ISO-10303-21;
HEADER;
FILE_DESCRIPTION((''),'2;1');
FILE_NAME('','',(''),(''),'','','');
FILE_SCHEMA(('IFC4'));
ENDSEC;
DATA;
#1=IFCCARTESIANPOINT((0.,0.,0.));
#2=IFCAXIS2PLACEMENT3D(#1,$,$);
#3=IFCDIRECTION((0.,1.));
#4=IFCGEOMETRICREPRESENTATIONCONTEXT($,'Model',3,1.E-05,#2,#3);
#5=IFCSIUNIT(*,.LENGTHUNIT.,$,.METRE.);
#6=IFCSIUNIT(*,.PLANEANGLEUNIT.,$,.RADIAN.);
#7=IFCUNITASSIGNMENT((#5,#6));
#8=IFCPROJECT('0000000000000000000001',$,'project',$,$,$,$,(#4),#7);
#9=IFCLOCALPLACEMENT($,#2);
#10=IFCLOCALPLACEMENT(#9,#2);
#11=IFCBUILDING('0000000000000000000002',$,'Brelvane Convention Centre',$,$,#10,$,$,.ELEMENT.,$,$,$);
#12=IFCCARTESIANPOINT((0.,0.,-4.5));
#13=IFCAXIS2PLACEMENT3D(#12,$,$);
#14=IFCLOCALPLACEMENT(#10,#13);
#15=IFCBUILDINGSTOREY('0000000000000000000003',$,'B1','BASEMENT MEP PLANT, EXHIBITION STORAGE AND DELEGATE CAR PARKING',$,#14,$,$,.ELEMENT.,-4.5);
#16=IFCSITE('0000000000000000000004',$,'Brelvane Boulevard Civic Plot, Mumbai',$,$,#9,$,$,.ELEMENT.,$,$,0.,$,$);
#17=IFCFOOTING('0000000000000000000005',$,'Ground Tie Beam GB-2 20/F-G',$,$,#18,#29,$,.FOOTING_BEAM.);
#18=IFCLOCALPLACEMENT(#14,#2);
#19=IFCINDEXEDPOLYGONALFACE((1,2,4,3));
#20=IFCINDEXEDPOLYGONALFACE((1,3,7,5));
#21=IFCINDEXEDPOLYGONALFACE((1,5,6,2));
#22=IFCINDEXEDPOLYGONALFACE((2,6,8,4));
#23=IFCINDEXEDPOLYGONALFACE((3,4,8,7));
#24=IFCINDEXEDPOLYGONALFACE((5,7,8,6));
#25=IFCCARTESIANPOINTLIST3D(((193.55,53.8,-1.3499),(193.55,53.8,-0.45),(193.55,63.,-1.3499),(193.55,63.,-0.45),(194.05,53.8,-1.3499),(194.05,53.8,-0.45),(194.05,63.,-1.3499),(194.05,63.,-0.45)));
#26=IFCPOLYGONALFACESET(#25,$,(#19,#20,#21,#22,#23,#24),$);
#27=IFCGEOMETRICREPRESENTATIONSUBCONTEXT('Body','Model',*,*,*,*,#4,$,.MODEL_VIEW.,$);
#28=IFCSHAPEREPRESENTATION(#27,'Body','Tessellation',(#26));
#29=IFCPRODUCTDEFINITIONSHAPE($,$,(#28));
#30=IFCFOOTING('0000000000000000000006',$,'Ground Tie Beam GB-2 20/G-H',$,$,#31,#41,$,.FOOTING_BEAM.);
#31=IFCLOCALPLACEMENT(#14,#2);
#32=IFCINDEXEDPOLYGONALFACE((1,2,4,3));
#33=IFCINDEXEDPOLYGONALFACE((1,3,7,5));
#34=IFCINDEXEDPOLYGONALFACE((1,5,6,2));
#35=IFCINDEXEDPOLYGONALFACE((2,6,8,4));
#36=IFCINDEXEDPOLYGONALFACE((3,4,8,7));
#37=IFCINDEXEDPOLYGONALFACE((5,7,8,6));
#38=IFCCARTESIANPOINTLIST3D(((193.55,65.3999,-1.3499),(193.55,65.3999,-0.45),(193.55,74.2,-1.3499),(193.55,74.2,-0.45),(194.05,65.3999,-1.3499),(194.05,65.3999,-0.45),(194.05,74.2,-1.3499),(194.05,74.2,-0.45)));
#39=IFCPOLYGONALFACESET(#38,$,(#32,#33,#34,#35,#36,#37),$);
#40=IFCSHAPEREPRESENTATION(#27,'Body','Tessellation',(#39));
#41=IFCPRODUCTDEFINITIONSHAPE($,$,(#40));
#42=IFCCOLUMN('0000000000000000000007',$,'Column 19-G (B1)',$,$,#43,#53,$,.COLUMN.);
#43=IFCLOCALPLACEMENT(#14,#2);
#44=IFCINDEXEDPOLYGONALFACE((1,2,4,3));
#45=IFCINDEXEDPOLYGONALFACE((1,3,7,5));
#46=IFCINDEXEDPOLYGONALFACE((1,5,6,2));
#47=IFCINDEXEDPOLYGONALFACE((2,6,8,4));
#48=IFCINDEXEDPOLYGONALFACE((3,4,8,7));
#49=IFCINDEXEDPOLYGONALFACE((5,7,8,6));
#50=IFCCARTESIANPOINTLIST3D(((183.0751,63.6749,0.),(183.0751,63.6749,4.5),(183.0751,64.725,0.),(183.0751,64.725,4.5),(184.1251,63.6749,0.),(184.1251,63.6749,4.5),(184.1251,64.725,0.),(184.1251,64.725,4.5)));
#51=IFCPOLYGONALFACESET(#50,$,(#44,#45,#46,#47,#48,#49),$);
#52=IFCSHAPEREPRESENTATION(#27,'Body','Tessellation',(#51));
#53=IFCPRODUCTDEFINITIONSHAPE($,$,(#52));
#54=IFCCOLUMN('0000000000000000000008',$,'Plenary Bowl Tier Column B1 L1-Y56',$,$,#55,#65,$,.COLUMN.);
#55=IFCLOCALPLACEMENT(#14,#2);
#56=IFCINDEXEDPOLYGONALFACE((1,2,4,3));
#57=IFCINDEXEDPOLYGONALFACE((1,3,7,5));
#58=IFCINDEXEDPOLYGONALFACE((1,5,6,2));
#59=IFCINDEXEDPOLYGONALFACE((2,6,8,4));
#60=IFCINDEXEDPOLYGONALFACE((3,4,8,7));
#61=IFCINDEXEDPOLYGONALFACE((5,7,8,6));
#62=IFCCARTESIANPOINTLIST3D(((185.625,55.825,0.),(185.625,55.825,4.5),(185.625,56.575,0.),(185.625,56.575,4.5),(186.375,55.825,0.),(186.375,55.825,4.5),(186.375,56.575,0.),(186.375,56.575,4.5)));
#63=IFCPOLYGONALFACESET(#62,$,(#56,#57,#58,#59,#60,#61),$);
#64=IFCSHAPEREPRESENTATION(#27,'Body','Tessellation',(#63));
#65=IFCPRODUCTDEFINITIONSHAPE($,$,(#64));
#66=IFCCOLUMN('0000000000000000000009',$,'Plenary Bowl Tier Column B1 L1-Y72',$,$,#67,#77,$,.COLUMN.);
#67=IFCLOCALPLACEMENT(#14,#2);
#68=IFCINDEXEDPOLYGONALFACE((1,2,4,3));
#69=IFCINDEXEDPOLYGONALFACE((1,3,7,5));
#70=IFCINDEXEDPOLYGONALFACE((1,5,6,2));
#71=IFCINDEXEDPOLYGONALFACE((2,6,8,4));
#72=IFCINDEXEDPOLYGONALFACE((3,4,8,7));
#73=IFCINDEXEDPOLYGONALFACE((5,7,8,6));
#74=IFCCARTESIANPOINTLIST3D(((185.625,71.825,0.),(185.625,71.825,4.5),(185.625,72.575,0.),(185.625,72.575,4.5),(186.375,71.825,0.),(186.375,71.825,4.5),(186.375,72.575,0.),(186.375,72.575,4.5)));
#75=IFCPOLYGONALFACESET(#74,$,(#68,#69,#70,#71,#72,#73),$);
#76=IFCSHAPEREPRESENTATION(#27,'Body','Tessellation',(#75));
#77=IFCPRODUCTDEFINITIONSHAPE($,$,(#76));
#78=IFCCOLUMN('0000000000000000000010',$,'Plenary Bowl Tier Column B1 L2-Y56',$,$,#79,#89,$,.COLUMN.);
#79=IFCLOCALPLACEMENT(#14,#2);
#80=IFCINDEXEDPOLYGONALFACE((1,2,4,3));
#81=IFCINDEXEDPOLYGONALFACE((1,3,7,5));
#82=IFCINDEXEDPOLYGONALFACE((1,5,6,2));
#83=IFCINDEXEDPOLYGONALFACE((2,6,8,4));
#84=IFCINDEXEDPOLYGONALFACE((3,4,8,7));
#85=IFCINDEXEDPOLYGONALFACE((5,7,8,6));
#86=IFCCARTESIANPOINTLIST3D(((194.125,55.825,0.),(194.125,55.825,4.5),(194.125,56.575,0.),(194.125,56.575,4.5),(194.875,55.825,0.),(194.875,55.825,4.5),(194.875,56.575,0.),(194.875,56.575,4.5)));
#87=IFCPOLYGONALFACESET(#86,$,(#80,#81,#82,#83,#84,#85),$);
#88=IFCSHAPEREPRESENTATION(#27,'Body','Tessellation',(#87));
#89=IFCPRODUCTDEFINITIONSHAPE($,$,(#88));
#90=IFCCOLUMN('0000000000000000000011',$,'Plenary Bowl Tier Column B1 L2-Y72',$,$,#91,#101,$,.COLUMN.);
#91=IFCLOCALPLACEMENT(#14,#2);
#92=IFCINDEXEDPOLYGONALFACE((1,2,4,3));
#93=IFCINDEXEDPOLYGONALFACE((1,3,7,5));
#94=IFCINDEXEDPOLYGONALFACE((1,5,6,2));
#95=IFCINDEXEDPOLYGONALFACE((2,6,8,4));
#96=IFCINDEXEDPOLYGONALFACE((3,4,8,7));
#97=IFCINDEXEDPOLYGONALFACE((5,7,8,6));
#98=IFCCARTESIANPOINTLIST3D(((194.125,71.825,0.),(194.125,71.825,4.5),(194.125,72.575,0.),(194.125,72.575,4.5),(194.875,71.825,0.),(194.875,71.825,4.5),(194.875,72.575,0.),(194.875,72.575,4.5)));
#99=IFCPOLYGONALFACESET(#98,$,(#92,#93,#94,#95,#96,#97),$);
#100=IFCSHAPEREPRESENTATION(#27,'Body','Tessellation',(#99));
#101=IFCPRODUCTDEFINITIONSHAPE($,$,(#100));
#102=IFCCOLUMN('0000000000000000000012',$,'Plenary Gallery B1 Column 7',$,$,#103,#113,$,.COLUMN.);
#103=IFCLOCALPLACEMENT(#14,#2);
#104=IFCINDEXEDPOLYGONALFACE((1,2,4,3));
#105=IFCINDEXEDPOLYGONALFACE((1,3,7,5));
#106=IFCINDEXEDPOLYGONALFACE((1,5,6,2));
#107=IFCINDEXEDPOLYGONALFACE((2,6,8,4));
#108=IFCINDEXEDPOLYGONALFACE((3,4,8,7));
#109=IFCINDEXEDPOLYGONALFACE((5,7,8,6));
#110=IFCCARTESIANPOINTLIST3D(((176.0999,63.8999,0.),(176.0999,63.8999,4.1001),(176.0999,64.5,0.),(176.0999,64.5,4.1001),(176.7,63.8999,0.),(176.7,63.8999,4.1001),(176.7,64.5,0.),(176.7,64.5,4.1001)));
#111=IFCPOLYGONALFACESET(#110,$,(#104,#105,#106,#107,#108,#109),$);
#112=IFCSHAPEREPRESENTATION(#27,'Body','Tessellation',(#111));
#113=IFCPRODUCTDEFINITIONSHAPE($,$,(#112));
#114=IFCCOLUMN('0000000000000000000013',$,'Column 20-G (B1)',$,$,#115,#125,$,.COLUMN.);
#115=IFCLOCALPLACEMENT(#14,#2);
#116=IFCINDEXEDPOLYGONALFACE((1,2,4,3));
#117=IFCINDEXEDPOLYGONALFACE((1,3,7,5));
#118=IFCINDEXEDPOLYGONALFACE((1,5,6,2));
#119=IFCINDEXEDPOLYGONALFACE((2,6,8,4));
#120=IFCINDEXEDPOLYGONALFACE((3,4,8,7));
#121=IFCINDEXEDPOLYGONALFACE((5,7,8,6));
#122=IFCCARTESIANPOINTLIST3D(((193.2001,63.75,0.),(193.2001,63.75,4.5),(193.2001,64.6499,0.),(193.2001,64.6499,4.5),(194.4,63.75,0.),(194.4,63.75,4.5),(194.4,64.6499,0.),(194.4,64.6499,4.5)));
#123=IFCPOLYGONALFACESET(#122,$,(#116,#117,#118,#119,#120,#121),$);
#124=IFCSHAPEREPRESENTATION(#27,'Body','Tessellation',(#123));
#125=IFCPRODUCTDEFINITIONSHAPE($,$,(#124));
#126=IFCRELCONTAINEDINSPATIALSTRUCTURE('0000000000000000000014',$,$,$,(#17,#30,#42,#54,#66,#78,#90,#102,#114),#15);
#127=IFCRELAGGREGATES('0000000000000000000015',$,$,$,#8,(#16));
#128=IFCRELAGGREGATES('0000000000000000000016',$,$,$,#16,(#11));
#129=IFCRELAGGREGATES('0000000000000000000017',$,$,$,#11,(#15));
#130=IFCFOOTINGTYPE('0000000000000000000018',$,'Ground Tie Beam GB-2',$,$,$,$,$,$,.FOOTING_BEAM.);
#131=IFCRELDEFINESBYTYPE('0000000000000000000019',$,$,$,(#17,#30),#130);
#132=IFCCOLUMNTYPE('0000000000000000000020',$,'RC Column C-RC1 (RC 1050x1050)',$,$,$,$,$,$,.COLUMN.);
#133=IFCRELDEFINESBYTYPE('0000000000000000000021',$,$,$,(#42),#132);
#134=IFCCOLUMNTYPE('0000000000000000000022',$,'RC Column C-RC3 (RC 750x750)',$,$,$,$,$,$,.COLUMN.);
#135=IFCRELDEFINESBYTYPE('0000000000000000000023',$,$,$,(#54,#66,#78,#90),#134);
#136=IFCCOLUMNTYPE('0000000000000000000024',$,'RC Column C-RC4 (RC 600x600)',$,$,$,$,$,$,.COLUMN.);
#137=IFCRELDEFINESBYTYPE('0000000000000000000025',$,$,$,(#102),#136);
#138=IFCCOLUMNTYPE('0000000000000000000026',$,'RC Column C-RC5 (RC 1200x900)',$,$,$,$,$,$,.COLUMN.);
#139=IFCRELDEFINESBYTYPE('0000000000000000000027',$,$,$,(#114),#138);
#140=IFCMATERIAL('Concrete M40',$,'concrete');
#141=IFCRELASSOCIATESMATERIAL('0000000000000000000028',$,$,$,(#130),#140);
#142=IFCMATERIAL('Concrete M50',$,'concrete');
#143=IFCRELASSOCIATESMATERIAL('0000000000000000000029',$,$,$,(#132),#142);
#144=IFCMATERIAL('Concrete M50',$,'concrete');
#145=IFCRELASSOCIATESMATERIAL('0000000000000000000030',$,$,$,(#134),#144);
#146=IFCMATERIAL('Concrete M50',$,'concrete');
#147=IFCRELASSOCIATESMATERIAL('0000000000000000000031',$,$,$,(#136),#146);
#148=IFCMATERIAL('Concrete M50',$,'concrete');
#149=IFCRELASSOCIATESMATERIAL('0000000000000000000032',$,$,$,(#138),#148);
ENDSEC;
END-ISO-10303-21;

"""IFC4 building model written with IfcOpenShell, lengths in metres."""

from ifc_helpers import new_model, si_unit, direction, frame, origin, origin_2d, place, context, subcontext, project, spatial, rectangle, extrude, material, material_profile, profile_set, type_object, element, save


model = new_model("IFC4")

# Units and contexts
model_context = context("Model", 3, precision=1e-05, world=origin(), true_north=direction((0.0, 1.0)))
body_context = subcontext(model_context, "Body", "Model", "MODEL_VIEW")
ifc_project = project(units=[si_unit("LENGTHUNIT", "METRE"), si_unit("PLANEANGLEUNIT", "RADIAN")], contexts=[model_context])

# Site, building, storey
site_placement = place(None, origin())
site = spatial("IfcSite", under=ifc_project, at=site_placement, Name="Brelvane Boulevard Civic Plot, Mumbai", CompositionType="ELEMENT", RefElevation=0.0)
building_placement = place(site_placement, origin())
building = spatial("IfcBuilding", under=site, at=building_placement, Name="Brelvane Convention Centre", CompositionType="ELEMENT")
storey_placement = place(building_placement, frame((0.0, 0.0, -4.5)))
storey = spatial("IfcBuildingStorey", under=building, at=storey_placement, Name="B1", Description="BASEMENT MEP PLANT, EXHIBITION STORAGE AND DELEGATE CAR PARKING", CompositionType="ELEMENT", Elevation=-4.5)

# Footings
ifc_material_1 = material(Name="Concrete M40", Category="concrete")
ifc_material_profile_1 = material_profile(ifc_material_1, rectangle(XDim=0.5, YDim=0.8999, at=origin_2d()), Name="RC 500x900")
ifc_profile_set_1 = profile_set([ifc_material_profile_1], Name="Concrete M40")
footing_type_1 = type_object("IfcFootingType", Name="Ground Tie Beam GB-2", PredefinedType="FOOTING_BEAM", material=ifc_profile_set_1)
footing_1_placement = place(storey_placement, frame((193.8, 53.8, -0.8999), z_axis=(0.0, 1.0, 0.0), x_axis=(-1.0, 0.0, 0.0)))
element("IfcFooting", 1, at=footing_1_placement, inside=storey, type_object=footing_type_1, Name="Ground Tie Beam GB-2 20/F-G", PredefinedType="FOOTING_BEAM", context=body_context, shape_type="SweptSolid", body=[
    extrude(rectangle(XDim=0.5, YDim=0.8999, at=origin_2d()), origin(), (0.0, 0.0, 1.0), 9.2),
])
footing_2_placement = place(storey_placement, frame((193.8, 65.3999, -0.8999), z_axis=(0.0, 1.0, 0.0), x_axis=(-1.0, 0.0, 0.0)))
element("IfcFooting", 2, at=footing_2_placement, inside=storey, type_object=footing_type_1, Name="Ground Tie Beam GB-2 20/G-H", PredefinedType="FOOTING_BEAM", context=body_context, shape_type="SweptSolid", body=[
    extrude(rectangle(XDim=0.5, YDim=0.8999, at=origin_2d()), origin(), (0.0, 0.0, 1.0), 8.8),
])

# Columns
ifc_material_2 = material(Name="Concrete M50", Category="concrete")
ifc_material_profile_2 = material_profile(ifc_material_2, rectangle(XDim=1.05, YDim=1.05, at=origin_2d()), Name="RC 1050x1050")
ifc_profile_set_2 = profile_set([ifc_material_profile_2], Name="Concrete M50")
column_type_1 = type_object("IfcColumnType", Name="RC Column C-RC1 (RC 1050x1050)", PredefinedType="COLUMN", material=ifc_profile_set_2)
column_1_placement = place(storey_placement, frame((183.6001, 64.2, 0.0), z_axis=(0.0, 0.0, 1.0), x_axis=(1.0, 0.0, 0.0)))
element("IfcColumn", 3, at=column_1_placement, inside=storey, type_object=column_type_1, Name="Column 19-G (B1)", PredefinedType="COLUMN", context=body_context, shape_type="SweptSolid", body=[
    extrude(rectangle(XDim=1.05, YDim=1.05, at=origin_2d()), origin(), (0.0, 0.0, 1.0), 4.5),
])
ifc_material_3 = material(Name="Concrete M50", Category="concrete")
ifc_material_profile_3 = material_profile(ifc_material_3, rectangle(XDim=0.75, YDim=0.75, at=origin_2d()), Name="RC 750x750")
ifc_profile_set_3 = profile_set([ifc_material_profile_3], Name="Concrete M50")
column_type_2 = type_object("IfcColumnType", Name="RC Column C-RC3 (RC 750x750)", PredefinedType="COLUMN", material=ifc_profile_set_3)
for number, where, z_axis, x_axis, name in (
    (4, (186.0, 56.2, 0.0), (0.0, 0.0, 1.0), (1.0, 0.0, 0.0), "Plenary Bowl Tier Column B1 L1-Y56"),
    (5, (186.0, 72.2, 0.0), (0.0, 0.0, 1.0), (1.0, 0.0, 0.0), "Plenary Bowl Tier Column B1 L1-Y72"),
    (6, (194.5, 56.2, 0.0), (0.0, 0.0, 1.0), (1.0, 0.0, 0.0), "Plenary Bowl Tier Column B1 L2-Y56"),
    (7, (194.5, 72.2, 0.0), (0.0, 0.0, 1.0), (1.0, 0.0, 0.0), "Plenary Bowl Tier Column B1 L2-Y72"),
):
    element("IfcColumn", number, at=place(storey_placement, frame(where, z_axis=z_axis, x_axis=x_axis)), inside=storey, type_object=column_type_2, Name=name, PredefinedType="COLUMN", context=body_context, shape_type="SweptSolid", body=[
        extrude(rectangle(XDim=0.75, YDim=0.75, at=origin_2d()), origin(), (0.0, 0.0, 1.0), 4.5),
    ])
ifc_material_4 = material(Name="Concrete M50", Category="concrete")
ifc_material_profile_4 = material_profile(ifc_material_4, rectangle(XDim=0.6001, YDim=0.6001, at=origin_2d()), Name="RC 600x600")
ifc_profile_set_4 = profile_set([ifc_material_profile_4], Name="Concrete M50")
column_type_3 = type_object("IfcColumnType", Name="RC Column C-RC4 (RC 600x600)", PredefinedType="COLUMN", material=ifc_profile_set_4)
column_2_placement = place(storey_placement, frame((176.3999, 64.2, 0.0), z_axis=(0.0, 0.0, 1.0), x_axis=(1.0, 0.0, 0.0)))
element("IfcColumn", 8, at=column_2_placement, inside=storey, type_object=column_type_3, Name="Plenary Gallery B1 Column 7", PredefinedType="COLUMN", context=body_context, shape_type="SweptSolid", body=[
    extrude(rectangle(XDim=0.6001, YDim=0.6001, at=origin_2d()), origin(), (0.0, 0.0, 1.0), 4.1001),
])
ifc_material_5 = material(Name="Concrete M50", Category="concrete")
ifc_material_profile_5 = material_profile(ifc_material_5, rectangle(XDim=1.2, YDim=0.8999, at=origin_2d()), Name="RC 1200x900")
ifc_profile_set_5 = profile_set([ifc_material_profile_5], Name="Concrete M50")
column_type_4 = type_object("IfcColumnType", Name="RC Column C-RC5 (RC 1200x900)", PredefinedType="COLUMN", material=ifc_profile_set_5)
column_3_placement = place(storey_placement, frame((193.8, 64.2, 0.0), z_axis=(0.0, 0.0, 1.0), x_axis=(1.0, 0.0, 0.0)))
element("IfcColumn", 9, at=column_3_placement, inside=storey, type_object=column_type_4, Name="Column 20-G (B1)", PredefinedType="COLUMN", context=body_context, shape_type="SweptSolid", body=[
    extrude(rectangle(XDim=1.2, YDim=0.8999, at=origin_2d()), origin(), (0.0, 0.0, 1.0), 4.5),
])

save(model, "model.ifc")
